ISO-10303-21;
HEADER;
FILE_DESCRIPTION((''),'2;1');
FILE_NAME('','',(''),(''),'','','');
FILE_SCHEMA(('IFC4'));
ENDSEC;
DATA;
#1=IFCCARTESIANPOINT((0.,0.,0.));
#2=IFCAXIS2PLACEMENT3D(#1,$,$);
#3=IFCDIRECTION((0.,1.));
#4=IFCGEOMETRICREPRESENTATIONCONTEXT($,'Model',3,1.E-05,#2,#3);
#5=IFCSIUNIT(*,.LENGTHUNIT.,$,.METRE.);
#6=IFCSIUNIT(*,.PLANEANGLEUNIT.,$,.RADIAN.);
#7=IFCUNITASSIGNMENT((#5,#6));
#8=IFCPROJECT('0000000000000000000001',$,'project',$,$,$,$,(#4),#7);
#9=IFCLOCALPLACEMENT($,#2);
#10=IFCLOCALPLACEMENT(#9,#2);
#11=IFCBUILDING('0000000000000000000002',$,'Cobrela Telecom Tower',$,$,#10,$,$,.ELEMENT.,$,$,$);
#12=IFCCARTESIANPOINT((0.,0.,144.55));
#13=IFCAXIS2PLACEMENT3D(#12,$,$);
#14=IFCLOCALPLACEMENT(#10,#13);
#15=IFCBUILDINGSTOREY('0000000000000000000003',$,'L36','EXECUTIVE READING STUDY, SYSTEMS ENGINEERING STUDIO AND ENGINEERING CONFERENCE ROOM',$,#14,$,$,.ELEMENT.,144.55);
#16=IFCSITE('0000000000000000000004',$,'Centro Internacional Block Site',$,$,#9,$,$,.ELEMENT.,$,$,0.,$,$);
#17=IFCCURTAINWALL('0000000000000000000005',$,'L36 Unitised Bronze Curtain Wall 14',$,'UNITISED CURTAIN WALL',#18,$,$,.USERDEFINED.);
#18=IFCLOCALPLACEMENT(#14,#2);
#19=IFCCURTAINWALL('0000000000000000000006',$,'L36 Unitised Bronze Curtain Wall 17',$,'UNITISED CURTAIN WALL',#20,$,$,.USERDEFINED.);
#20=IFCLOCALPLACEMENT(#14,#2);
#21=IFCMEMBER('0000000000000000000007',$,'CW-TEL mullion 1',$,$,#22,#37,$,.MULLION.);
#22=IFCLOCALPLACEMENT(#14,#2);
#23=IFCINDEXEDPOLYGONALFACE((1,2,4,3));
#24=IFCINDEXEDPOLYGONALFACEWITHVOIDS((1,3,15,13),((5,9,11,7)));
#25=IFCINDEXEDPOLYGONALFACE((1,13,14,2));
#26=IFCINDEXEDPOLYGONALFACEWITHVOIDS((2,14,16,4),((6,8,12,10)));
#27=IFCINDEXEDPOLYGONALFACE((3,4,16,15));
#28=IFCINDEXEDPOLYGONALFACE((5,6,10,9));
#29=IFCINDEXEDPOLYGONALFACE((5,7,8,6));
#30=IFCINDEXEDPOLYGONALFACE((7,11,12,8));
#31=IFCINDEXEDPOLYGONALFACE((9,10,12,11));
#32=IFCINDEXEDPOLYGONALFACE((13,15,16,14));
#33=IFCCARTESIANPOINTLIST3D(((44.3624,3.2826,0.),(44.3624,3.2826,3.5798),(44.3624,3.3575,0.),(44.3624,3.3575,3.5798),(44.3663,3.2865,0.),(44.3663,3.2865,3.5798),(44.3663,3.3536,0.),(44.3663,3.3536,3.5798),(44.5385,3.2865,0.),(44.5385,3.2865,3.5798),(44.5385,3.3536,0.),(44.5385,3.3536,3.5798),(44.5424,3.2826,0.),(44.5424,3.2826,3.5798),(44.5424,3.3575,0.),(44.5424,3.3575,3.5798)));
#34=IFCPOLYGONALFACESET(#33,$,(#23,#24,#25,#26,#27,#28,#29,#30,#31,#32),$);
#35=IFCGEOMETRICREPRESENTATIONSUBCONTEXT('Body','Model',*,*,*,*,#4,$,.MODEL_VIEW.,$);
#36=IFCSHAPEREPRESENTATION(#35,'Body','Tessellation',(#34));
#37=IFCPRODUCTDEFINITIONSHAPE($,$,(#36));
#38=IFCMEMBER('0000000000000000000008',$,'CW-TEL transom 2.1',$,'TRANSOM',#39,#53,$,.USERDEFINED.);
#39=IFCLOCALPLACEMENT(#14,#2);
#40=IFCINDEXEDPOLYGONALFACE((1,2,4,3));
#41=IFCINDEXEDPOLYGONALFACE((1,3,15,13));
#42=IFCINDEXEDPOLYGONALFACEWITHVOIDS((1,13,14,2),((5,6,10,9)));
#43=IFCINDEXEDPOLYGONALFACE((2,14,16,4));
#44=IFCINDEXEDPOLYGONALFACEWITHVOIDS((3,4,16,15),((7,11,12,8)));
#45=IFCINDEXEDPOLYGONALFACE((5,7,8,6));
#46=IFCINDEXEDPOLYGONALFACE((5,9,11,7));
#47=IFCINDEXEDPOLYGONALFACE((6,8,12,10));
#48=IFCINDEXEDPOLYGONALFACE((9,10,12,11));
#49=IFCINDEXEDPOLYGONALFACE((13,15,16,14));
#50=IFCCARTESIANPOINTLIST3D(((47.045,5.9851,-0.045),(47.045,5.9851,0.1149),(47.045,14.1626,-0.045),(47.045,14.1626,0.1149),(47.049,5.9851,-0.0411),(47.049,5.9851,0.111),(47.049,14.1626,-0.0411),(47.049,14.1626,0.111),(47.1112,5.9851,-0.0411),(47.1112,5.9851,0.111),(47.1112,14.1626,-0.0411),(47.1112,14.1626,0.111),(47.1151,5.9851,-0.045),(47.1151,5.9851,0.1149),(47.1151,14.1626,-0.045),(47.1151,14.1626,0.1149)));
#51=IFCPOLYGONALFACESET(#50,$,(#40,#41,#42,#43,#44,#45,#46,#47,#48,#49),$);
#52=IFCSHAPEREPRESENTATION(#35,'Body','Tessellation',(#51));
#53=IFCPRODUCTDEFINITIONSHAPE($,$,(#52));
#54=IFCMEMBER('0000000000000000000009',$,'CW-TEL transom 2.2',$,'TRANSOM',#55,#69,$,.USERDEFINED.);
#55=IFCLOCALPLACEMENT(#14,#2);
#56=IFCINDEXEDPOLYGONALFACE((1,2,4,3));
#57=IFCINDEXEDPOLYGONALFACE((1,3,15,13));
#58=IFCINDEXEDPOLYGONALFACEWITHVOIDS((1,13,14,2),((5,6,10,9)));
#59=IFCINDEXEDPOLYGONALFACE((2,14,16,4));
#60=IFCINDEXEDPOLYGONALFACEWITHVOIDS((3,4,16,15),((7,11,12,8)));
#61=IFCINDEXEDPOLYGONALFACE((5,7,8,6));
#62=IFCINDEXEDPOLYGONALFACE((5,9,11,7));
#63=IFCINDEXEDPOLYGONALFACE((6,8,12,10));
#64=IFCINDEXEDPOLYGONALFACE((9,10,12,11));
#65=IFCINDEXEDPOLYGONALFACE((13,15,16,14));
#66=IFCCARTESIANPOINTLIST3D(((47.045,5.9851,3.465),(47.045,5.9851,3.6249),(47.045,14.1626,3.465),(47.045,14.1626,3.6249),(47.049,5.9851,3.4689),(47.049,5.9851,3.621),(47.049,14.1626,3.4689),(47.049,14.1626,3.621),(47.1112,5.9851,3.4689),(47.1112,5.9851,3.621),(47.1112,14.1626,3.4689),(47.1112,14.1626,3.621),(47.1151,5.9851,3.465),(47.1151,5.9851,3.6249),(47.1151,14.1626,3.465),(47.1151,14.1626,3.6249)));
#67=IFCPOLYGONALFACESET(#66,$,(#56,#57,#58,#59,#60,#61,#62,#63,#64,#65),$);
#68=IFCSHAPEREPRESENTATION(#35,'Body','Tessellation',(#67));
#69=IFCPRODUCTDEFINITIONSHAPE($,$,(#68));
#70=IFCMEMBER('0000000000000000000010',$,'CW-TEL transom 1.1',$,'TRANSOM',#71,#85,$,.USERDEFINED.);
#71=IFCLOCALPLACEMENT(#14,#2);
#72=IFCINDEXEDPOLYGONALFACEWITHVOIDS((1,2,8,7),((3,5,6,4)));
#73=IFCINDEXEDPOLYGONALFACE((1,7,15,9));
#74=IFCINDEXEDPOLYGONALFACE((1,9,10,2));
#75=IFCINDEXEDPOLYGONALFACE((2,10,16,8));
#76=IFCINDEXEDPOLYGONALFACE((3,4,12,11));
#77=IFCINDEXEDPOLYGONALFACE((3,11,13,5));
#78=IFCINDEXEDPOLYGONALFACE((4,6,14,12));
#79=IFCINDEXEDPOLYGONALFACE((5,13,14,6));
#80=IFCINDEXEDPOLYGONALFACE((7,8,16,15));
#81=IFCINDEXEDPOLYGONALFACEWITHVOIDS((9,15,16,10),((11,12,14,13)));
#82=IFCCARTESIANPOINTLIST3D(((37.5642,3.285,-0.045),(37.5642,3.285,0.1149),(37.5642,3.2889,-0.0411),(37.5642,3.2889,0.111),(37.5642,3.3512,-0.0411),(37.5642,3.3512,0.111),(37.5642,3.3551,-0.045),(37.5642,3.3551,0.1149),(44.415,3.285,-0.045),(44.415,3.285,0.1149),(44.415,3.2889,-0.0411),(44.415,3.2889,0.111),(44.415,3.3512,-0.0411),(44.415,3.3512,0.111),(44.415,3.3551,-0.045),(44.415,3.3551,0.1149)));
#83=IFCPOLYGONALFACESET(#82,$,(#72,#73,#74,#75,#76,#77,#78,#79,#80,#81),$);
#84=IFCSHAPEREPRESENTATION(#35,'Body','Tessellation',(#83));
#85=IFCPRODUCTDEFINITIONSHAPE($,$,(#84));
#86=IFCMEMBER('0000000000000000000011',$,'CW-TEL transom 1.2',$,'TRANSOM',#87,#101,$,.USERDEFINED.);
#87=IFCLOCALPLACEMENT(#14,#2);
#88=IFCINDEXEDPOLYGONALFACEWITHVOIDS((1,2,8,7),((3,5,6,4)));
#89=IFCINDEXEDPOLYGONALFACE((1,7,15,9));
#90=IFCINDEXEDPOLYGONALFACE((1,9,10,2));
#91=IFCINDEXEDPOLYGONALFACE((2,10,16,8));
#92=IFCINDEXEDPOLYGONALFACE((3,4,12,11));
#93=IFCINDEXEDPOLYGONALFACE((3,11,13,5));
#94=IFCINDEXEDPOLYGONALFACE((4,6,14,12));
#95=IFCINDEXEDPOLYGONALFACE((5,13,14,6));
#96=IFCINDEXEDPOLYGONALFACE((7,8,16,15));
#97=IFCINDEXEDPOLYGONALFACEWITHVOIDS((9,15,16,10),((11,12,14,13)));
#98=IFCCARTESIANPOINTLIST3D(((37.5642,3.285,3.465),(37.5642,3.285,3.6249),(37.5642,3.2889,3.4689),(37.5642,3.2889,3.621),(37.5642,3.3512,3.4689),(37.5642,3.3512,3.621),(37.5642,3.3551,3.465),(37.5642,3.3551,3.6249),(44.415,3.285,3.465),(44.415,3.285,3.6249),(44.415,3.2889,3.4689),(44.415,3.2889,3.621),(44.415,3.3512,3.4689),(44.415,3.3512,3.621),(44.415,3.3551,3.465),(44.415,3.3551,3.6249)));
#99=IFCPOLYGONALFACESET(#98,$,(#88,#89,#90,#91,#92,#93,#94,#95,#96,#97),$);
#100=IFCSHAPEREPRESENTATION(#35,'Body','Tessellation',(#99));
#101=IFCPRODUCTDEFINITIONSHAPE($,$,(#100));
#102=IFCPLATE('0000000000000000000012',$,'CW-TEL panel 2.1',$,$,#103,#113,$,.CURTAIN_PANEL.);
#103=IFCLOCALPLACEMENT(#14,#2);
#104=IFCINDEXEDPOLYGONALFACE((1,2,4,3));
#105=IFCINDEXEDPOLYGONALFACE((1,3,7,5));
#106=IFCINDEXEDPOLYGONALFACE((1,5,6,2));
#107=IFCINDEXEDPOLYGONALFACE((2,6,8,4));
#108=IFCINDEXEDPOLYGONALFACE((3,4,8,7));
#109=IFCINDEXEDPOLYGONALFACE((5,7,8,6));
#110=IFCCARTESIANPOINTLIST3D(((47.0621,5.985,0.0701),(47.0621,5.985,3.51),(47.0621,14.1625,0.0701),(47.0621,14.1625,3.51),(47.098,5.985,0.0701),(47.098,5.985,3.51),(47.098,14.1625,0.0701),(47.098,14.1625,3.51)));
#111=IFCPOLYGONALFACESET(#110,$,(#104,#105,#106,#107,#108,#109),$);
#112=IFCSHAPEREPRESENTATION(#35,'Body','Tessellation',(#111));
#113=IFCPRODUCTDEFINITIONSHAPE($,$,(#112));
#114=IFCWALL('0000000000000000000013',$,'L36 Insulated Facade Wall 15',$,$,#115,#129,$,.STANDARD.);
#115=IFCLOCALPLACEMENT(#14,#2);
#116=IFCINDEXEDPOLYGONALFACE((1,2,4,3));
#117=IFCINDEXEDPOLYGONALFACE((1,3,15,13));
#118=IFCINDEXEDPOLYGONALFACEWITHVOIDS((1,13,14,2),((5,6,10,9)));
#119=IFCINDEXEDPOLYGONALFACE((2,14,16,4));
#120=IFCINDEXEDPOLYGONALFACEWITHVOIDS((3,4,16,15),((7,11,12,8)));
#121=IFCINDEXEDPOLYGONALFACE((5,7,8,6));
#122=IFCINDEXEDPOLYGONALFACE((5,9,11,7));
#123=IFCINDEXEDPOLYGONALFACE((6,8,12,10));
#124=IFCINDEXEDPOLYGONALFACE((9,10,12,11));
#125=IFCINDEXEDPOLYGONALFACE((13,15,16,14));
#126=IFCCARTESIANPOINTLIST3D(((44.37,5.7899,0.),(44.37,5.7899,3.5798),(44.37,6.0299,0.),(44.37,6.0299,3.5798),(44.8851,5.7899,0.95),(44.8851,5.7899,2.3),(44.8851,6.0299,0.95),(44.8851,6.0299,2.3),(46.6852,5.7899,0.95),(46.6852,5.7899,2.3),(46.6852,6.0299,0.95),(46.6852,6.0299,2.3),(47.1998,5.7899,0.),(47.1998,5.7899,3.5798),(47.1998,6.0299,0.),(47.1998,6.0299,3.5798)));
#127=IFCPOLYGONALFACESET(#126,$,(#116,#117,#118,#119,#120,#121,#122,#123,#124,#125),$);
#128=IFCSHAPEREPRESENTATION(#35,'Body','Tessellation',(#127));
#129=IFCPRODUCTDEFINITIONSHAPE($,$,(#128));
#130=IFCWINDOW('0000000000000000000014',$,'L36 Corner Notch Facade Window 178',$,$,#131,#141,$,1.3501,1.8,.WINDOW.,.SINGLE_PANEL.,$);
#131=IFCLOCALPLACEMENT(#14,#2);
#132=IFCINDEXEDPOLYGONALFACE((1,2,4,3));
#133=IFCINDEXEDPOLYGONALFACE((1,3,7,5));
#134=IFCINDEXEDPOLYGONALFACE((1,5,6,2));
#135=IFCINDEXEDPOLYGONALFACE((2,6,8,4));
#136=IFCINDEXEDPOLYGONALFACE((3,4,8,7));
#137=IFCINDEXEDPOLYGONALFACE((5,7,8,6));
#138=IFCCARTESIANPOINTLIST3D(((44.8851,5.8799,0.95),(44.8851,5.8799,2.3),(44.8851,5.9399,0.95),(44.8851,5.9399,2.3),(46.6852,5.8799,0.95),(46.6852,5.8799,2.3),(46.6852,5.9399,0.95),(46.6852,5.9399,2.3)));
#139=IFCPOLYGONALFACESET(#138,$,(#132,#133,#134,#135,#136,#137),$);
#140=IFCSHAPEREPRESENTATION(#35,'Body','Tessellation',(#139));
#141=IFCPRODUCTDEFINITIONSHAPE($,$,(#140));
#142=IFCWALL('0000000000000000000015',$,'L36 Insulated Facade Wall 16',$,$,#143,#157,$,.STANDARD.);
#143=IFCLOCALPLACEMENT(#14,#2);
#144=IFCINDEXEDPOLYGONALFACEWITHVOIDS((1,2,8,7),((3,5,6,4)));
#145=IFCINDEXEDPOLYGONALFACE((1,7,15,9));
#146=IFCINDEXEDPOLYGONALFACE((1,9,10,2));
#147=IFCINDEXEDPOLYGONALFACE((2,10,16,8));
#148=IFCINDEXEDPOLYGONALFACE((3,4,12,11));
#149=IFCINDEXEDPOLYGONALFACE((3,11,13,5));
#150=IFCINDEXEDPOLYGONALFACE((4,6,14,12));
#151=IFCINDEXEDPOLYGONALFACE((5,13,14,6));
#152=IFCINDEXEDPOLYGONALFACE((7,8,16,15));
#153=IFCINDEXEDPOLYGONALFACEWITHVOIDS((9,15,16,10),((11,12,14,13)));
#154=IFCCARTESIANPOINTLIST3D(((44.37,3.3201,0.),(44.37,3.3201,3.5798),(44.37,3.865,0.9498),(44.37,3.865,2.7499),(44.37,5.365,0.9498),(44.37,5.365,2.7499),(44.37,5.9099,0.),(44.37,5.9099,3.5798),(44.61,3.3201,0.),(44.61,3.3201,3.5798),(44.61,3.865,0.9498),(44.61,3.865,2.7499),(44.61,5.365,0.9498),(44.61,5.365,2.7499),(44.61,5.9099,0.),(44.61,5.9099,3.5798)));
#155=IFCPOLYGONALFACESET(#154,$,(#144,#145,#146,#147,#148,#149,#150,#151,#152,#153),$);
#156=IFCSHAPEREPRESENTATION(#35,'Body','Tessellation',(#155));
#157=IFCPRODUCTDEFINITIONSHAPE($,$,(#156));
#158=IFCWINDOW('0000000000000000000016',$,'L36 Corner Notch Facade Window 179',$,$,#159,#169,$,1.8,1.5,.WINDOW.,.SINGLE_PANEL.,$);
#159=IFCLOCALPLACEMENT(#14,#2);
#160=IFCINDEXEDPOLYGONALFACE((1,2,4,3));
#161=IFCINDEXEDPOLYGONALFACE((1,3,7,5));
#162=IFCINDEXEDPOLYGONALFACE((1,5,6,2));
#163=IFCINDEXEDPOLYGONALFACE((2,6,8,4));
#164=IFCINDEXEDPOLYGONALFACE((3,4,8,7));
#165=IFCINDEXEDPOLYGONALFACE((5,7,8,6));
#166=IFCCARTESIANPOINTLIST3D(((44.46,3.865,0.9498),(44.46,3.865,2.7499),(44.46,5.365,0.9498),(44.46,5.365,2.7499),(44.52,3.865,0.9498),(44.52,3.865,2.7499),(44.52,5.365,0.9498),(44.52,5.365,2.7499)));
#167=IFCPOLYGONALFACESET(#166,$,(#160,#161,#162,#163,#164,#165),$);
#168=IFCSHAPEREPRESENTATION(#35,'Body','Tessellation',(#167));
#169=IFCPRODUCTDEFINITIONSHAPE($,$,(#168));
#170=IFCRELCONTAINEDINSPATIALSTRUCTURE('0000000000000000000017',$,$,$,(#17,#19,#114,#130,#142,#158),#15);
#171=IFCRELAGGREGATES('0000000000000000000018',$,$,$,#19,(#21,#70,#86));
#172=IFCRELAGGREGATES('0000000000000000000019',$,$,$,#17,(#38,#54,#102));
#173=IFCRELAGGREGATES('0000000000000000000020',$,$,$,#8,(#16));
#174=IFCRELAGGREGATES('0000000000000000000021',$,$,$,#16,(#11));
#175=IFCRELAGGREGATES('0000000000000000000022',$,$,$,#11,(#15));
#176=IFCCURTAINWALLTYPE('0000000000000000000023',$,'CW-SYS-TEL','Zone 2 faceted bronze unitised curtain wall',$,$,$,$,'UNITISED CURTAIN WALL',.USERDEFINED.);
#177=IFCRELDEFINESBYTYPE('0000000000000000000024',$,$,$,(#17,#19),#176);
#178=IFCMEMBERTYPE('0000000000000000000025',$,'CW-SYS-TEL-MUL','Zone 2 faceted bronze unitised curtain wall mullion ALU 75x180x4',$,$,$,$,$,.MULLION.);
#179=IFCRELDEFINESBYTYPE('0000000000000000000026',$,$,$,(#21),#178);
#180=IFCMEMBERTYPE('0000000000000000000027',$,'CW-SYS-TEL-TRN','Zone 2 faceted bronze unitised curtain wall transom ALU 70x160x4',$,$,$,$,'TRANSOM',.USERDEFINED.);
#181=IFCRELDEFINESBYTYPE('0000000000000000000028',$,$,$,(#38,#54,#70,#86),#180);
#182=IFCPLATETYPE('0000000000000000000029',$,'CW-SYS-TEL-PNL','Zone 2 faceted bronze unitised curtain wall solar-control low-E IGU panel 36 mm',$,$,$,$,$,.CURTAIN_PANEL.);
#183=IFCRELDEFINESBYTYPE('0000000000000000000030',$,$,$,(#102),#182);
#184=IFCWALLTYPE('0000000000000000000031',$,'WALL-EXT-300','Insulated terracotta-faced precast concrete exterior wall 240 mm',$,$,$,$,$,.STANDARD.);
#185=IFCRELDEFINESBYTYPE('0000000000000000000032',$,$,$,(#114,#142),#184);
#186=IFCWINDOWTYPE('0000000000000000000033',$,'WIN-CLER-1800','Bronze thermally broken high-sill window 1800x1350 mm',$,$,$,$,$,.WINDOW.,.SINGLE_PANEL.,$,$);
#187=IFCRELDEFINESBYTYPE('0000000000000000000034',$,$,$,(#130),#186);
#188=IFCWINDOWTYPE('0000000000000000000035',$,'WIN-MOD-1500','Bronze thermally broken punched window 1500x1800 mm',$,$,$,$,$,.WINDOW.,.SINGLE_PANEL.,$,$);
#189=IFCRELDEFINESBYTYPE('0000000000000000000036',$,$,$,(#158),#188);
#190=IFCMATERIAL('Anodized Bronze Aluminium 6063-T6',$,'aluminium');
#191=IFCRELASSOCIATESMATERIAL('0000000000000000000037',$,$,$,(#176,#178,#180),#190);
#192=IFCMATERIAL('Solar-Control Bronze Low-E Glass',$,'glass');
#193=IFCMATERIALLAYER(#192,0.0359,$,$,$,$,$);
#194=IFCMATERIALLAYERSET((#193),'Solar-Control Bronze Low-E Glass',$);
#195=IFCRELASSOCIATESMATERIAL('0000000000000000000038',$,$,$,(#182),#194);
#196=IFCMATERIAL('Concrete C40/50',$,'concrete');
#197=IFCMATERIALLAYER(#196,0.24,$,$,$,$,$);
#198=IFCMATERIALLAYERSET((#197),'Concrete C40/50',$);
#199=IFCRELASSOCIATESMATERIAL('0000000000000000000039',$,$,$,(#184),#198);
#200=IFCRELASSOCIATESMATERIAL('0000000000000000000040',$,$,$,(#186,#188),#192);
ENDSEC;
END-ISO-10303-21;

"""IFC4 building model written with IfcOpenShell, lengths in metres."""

from ifc_helpers import new_model, si_unit, direction, frame, frame_2d, origin, origin_2d, place, context, subcontext, project, spatial, rectangle, hollow_rectangle, extrude, material, layer, layer_set, material_profile, profile_set, type_object, element, fill, aggregate, save


model = new_model("IFC4")

# Units and contexts
model_context = context("Model", 3, precision=1e-05, world=origin(), true_north=direction((0.0, 1.0)))
body_context = subcontext(model_context, "Body", "Model", "MODEL_VIEW")
ifc_project = project(units=[si_unit("LENGTHUNIT", "METRE"), si_unit("PLANEANGLEUNIT", "RADIAN")], contexts=[model_context])

# Site, building, storey
site_placement = place(None, origin())
site = spatial("IfcSite", under=ifc_project, at=site_placement, Name="Centro Internacional Block Site", CompositionType="ELEMENT", RefElevation=0.0)
building_placement = place(site_placement, origin())
building = spatial("IfcBuilding", under=site, at=building_placement, Name="Cobrela Telecom Tower", CompositionType="ELEMENT")
storey_placement = place(building_placement, frame((0.0, 0.0, 144.55)))
storey = spatial("IfcBuildingStorey", under=building, at=storey_placement, Name="L36", Description="EXECUTIVE READING STUDY, SYSTEMS ENGINEERING STUDIO AND ENGINEERING CONFERENCE ROOM", CompositionType="ELEMENT", Elevation=144.55)

# Curtain wall
ifc_material_1 = material(Name="Anodized Bronze Aluminium 6063-T6", Category="aluminium")
curtain_wall_type = type_object("IfcCurtainWallType", Name="CW-SYS-TEL", Description="Zone 2 faceted bronze unitised curtain wall", ElementType="UNITISED CURTAIN WALL", PredefinedType="USERDEFINED", material=ifc_material_1)
curtain_wall_1_placement = place(storey_placement, origin())
curtain_wall_1 = element("IfcCurtainWall", 1, at=curtain_wall_1_placement, inside=storey, type_object=curtain_wall_type, Name="L36 Unitised Bronze Curtain Wall 14", ObjectType="UNITISED CURTAIN WALL", PredefinedType="USERDEFINED")
ifc_material_profile_1 = material_profile(ifc_material_1, hollow_rectangle(XDim=0.075, YDim=0.1799, WallThickness=0.0039, at=origin_2d()), Name="ALU 75x180x4")
ifc_profile_set_1 = profile_set([ifc_material_profile_1], Name="Anodized Bronze Aluminium 6063-T6")
member_type_1 = type_object("IfcMemberType", Name="CW-SYS-TEL-MUL", Description="Zone 2 faceted bronze unitised curtain wall mullion ALU 75x180x4", PredefinedType="MULLION", material=ifc_profile_set_1)

# Curtain wall, member
curtain_wall_2_placement = place(storey_placement, origin())
curtain_wall_2 = element("IfcCurtainWall", 2, at=curtain_wall_2_placement, inside=storey, type_object=curtain_wall_type, Name="L36 Unitised Bronze Curtain Wall 17", ObjectType="UNITISED CURTAIN WALL", PredefinedType="USERDEFINED")
member_1_placement = place(storey_placement, frame((44.4524, 3.3201, 0.0), z_axis=(0.0, 0.0, 1.0), x_axis=(0.0, -1.0, 0.0)))
member_1 = element("IfcMember", 3, at=member_1_placement, type_object=member_type_1, Name="CW-TEL mullion 1", PredefinedType="MULLION", context=body_context, shape_type="SweptSolid", body=[
    extrude(hollow_rectangle(XDim=0.075, YDim=0.1799, WallThickness=0.0039, at=origin_2d()), origin(), (0.0, 0.0, 1.0), 3.5798),
])

# Members
ifc_material_profile_2 = material_profile(ifc_material_1, hollow_rectangle(XDim=0.0701, YDim=0.1599, WallThickness=0.0039, at=origin_2d()), Name="ALU 70x160x4")
ifc_profile_set_2 = profile_set([ifc_material_profile_2], Name="Anodized Bronze Aluminium 6063-T6")
member_type_2 = type_object("IfcMemberType", Name="CW-SYS-TEL-TRN", Description="Zone 2 faceted bronze unitised curtain wall transom ALU 70x160x4", ElementType="TRANSOM", PredefinedType="USERDEFINED", material=ifc_profile_set_2)
member_2_placement = place(storey_placement, frame((47.0801, 14.1626, 0.0349), z_axis=(0.0, -1.0, 0.0), x_axis=(1.0, 0.0, 0.0)))
member_2 = element("IfcMember", 4, at=member_2_placement, type_object=member_type_2, Name="CW-TEL transom 2.1", ObjectType="TRANSOM", PredefinedType="USERDEFINED", context=body_context, shape_type="SweptSolid", body=[
    extrude(hollow_rectangle(XDim=0.0701, YDim=0.1599, WallThickness=0.0039, at=origin_2d()), origin(), (0.0, 0.0, 1.0), 8.1775),
])
member_3_placement = place(storey_placement, frame((47.0801, 14.1626, 3.5449), z_axis=(0.0, -1.0, 0.0), x_axis=(1.0, 0.0, 0.0)))
member_3 = element("IfcMember", 5, at=member_3_placement, type_object=member_type_2, Name="CW-TEL transom 2.2", ObjectType="TRANSOM", PredefinedType="USERDEFINED", context=body_context, shape_type="SweptSolid", body=[
    extrude(hollow_rectangle(XDim=0.0701, YDim=0.1599, WallThickness=0.0039, at=origin_2d()), origin(), (0.0, 0.0, 1.0), 8.1775),
])
member_4_placement = place(storey_placement, frame((44.415, 3.3201, 0.0349), z_axis=(-1.0, 0.0, 0.0), x_axis=(0.0, -1.0, 0.0)))
member_4 = element("IfcMember", 6, at=member_4_placement, type_object=member_type_2, Name="CW-TEL transom 1.1", ObjectType="TRANSOM", PredefinedType="USERDEFINED", context=body_context, shape_type="SweptSolid", body=[
    extrude(hollow_rectangle(XDim=0.0701, YDim=0.1599, WallThickness=0.0039, at=origin_2d()), origin(), (0.0, 0.0, 1.0), 6.8508),
])
member_5_placement = place(storey_placement, frame((44.415, 3.3201, 3.5449), z_axis=(-1.0, 0.0, 0.0), x_axis=(0.0, -1.0, 0.0)))
member_5 = element("IfcMember", 7, at=member_5_placement, type_object=member_type_2, Name="CW-TEL transom 1.2", ObjectType="TRANSOM", PredefinedType="USERDEFINED", context=body_context, shape_type="SweptSolid", body=[
    extrude(hollow_rectangle(XDim=0.0701, YDim=0.1599, WallThickness=0.0039, at=origin_2d()), origin(), (0.0, 0.0, 1.0), 6.8508),
])
aggregate(curtain_wall_2, [member_1, member_4, member_5])

# Plate
ifc_material_2 = material(Name="Solar-Control Bronze Low-E Glass", Category="glass")
ifc_layer_1 = layer(ifc_material_2, 0.0359)
ifc_layer_set_1 = layer_set([ifc_layer_1], Name="Solar-Control Bronze Low-E Glass")
plate_type = type_object("IfcPlateType", Name="CW-SYS-TEL-PNL", Description="Zone 2 faceted bronze unitised curtain wall solar-control low-E IGU panel 36 mm", PredefinedType="CURTAIN_PANEL", material=ifc_layer_set_1)
plate_placement = place(storey_placement, frame((47.0801, 10.0737, 0.0701), z_axis=(0.0, 0.0, 1.0), x_axis=(0.0, -1.0, 0.0)))
plate = element("IfcPlate", 8, at=plate_placement, type_object=plate_type, Name="CW-TEL panel 2.1", PredefinedType="CURTAIN_PANEL", context=body_context, shape_type="SweptSolid", body=[
    extrude(rectangle(XDim=8.1775, YDim=0.0359, at=origin_2d()), origin(), (0.0, 0.0, 1.0), 3.4399),
])
aggregate(curtain_wall_1, [member_2, member_3, plate])

# Walls, openings, windows
ifc_material_3 = material(Name="Concrete C40/50", Category="concrete")
ifc_layer_2 = layer(ifc_material_3, 0.24)
ifc_layer_set_2 = layer_set([ifc_layer_2], Name="Concrete C40/50")
wall_type = type_object("IfcWallType", Name="WALL-EXT-300", Description="Insulated terracotta-faced precast concrete exterior wall 240 mm", PredefinedType="STANDARD", material=ifc_layer_set_2)
wall_1_placement = place(storey_placement, frame((47.2, 5.9099, 0.0), z_axis=(0.0, 0.0, 1.0), x_axis=(-1.0, 0.0, 0.0)))
wall_1 = element("IfcWall", 9, at=wall_1_placement, inside=storey, type_object=wall_type, Name="L36 Insulated Facade Wall 15", PredefinedType="STANDARD", context=body_context, shape_type="SweptSolid", body=[
    extrude(rectangle(XDim=2.8298, YDim=0.24, at=frame_2d((1.415, 0.0))), origin(), (0.0, 0.0, 1.0), 3.5798),
])
opening_1_placement = place(wall_1_placement, frame((0.5149, 0.0, 0.95)))
opening_1 = element("IfcOpeningElement", 10, at=opening_1_placement, cuts=wall_1, PredefinedType="OPENING", context=body_context, shape_type="SweptSolid", body=[
    extrude(rectangle(XDim=1.8, YDim=1.3501, at=frame_2d((0.8999, 0.675))), frame((0.0, 0.1318, 0.0), z_axis=(0.0, -1.0, 0.0), x_axis=(1.0, 0.0, 0.0)), (0.0, 0.0, 1.0), 0.2639),
])
window_type_1 = type_object("IfcWindowType", Name="WIN-CLER-1800", Description="Bronze thermally broken high-sill window 1800x1350 mm", PartitioningType="SINGLE_PANEL", PredefinedType="WINDOW", material=ifc_material_2)
window_1_placement = place(opening_1_placement, origin())
window_1 = element("IfcWindow", 11, at=window_1_placement, inside=storey, type_object=window_type_1, Name="L36 Corner Notch Facade Window 178", OverallHeight=1.3501, OverallWidth=1.8, PartitioningType="SINGLE_PANEL", PredefinedType="WINDOW", context=body_context, shape_type="SweptSolid", body=[
    extrude(rectangle(XDim=1.8, YDim=1.3501, at=frame_2d((0.8999, 0.675))), frame((0.0, 0.03, 0.0), z_axis=(0.0, -1.0, 0.0), x_axis=(1.0, 0.0, 0.0)), (0.0, 0.0, 1.0), 0.0601),
])
fill(opening_1, window_1)
wall_2_placement = place(storey_placement, frame((44.49, 5.9099, 0.0), z_axis=(0.0, 0.0, 1.0), x_axis=(0.0, -1.0, 0.0)))
wall_2 = element("IfcWall", 12, at=wall_2_placement, inside=storey, type_object=wall_type, Name="L36 Insulated Facade Wall 16", PredefinedType="STANDARD", context=body_context, shape_type="SweptSolid", body=[
    extrude(rectangle(XDim=2.5898, YDim=0.24, at=frame_2d((1.2949, 0.0))), origin(), (0.0, 0.0, 1.0), 3.5798),
])
opening_2_placement = place(wall_2_placement, frame((0.5449, 0.0, 0.95)))
opening_2 = element("IfcOpeningElement", 13, at=opening_2_placement, cuts=wall_2, PredefinedType="OPENING", context=body_context, shape_type="SweptSolid", body=[
    extrude(rectangle(XDim=1.5, YDim=1.8, at=frame_2d((0.75, 0.8999))), frame((0.0, 0.1318, 0.0), z_axis=(0.0, -1.0, 0.0), x_axis=(1.0, 0.0, 0.0)), (0.0, 0.0, 1.0), 0.2639),
])
window_type_2 = type_object("IfcWindowType", Name="WIN-MOD-1500", Description="Bronze thermally broken punched window 1500x1800 mm", PartitioningType="SINGLE_PANEL", PredefinedType="WINDOW", material=ifc_material_2)
window_2_placement = place(opening_2_placement, origin())
window_2 = element("IfcWindow", 14, at=window_2_placement, inside=storey, type_object=window_type_2, Name="L36 Corner Notch Facade Window 179", OverallHeight=1.8, OverallWidth=1.5, PartitioningType="SINGLE_PANEL", PredefinedType="WINDOW", context=body_context, shape_type="SweptSolid", body=[
    extrude(rectangle(XDim=1.5, YDim=1.8, at=frame_2d((0.75, 0.8999))), frame((0.0, 0.03, 0.0), z_axis=(0.0, -1.0, 0.0), x_axis=(1.0, 0.0, 0.0)), (0.0, 0.0, 1.0), 0.0601),
])
fill(opening_2, window_2)

save(model, "model.ifc")
